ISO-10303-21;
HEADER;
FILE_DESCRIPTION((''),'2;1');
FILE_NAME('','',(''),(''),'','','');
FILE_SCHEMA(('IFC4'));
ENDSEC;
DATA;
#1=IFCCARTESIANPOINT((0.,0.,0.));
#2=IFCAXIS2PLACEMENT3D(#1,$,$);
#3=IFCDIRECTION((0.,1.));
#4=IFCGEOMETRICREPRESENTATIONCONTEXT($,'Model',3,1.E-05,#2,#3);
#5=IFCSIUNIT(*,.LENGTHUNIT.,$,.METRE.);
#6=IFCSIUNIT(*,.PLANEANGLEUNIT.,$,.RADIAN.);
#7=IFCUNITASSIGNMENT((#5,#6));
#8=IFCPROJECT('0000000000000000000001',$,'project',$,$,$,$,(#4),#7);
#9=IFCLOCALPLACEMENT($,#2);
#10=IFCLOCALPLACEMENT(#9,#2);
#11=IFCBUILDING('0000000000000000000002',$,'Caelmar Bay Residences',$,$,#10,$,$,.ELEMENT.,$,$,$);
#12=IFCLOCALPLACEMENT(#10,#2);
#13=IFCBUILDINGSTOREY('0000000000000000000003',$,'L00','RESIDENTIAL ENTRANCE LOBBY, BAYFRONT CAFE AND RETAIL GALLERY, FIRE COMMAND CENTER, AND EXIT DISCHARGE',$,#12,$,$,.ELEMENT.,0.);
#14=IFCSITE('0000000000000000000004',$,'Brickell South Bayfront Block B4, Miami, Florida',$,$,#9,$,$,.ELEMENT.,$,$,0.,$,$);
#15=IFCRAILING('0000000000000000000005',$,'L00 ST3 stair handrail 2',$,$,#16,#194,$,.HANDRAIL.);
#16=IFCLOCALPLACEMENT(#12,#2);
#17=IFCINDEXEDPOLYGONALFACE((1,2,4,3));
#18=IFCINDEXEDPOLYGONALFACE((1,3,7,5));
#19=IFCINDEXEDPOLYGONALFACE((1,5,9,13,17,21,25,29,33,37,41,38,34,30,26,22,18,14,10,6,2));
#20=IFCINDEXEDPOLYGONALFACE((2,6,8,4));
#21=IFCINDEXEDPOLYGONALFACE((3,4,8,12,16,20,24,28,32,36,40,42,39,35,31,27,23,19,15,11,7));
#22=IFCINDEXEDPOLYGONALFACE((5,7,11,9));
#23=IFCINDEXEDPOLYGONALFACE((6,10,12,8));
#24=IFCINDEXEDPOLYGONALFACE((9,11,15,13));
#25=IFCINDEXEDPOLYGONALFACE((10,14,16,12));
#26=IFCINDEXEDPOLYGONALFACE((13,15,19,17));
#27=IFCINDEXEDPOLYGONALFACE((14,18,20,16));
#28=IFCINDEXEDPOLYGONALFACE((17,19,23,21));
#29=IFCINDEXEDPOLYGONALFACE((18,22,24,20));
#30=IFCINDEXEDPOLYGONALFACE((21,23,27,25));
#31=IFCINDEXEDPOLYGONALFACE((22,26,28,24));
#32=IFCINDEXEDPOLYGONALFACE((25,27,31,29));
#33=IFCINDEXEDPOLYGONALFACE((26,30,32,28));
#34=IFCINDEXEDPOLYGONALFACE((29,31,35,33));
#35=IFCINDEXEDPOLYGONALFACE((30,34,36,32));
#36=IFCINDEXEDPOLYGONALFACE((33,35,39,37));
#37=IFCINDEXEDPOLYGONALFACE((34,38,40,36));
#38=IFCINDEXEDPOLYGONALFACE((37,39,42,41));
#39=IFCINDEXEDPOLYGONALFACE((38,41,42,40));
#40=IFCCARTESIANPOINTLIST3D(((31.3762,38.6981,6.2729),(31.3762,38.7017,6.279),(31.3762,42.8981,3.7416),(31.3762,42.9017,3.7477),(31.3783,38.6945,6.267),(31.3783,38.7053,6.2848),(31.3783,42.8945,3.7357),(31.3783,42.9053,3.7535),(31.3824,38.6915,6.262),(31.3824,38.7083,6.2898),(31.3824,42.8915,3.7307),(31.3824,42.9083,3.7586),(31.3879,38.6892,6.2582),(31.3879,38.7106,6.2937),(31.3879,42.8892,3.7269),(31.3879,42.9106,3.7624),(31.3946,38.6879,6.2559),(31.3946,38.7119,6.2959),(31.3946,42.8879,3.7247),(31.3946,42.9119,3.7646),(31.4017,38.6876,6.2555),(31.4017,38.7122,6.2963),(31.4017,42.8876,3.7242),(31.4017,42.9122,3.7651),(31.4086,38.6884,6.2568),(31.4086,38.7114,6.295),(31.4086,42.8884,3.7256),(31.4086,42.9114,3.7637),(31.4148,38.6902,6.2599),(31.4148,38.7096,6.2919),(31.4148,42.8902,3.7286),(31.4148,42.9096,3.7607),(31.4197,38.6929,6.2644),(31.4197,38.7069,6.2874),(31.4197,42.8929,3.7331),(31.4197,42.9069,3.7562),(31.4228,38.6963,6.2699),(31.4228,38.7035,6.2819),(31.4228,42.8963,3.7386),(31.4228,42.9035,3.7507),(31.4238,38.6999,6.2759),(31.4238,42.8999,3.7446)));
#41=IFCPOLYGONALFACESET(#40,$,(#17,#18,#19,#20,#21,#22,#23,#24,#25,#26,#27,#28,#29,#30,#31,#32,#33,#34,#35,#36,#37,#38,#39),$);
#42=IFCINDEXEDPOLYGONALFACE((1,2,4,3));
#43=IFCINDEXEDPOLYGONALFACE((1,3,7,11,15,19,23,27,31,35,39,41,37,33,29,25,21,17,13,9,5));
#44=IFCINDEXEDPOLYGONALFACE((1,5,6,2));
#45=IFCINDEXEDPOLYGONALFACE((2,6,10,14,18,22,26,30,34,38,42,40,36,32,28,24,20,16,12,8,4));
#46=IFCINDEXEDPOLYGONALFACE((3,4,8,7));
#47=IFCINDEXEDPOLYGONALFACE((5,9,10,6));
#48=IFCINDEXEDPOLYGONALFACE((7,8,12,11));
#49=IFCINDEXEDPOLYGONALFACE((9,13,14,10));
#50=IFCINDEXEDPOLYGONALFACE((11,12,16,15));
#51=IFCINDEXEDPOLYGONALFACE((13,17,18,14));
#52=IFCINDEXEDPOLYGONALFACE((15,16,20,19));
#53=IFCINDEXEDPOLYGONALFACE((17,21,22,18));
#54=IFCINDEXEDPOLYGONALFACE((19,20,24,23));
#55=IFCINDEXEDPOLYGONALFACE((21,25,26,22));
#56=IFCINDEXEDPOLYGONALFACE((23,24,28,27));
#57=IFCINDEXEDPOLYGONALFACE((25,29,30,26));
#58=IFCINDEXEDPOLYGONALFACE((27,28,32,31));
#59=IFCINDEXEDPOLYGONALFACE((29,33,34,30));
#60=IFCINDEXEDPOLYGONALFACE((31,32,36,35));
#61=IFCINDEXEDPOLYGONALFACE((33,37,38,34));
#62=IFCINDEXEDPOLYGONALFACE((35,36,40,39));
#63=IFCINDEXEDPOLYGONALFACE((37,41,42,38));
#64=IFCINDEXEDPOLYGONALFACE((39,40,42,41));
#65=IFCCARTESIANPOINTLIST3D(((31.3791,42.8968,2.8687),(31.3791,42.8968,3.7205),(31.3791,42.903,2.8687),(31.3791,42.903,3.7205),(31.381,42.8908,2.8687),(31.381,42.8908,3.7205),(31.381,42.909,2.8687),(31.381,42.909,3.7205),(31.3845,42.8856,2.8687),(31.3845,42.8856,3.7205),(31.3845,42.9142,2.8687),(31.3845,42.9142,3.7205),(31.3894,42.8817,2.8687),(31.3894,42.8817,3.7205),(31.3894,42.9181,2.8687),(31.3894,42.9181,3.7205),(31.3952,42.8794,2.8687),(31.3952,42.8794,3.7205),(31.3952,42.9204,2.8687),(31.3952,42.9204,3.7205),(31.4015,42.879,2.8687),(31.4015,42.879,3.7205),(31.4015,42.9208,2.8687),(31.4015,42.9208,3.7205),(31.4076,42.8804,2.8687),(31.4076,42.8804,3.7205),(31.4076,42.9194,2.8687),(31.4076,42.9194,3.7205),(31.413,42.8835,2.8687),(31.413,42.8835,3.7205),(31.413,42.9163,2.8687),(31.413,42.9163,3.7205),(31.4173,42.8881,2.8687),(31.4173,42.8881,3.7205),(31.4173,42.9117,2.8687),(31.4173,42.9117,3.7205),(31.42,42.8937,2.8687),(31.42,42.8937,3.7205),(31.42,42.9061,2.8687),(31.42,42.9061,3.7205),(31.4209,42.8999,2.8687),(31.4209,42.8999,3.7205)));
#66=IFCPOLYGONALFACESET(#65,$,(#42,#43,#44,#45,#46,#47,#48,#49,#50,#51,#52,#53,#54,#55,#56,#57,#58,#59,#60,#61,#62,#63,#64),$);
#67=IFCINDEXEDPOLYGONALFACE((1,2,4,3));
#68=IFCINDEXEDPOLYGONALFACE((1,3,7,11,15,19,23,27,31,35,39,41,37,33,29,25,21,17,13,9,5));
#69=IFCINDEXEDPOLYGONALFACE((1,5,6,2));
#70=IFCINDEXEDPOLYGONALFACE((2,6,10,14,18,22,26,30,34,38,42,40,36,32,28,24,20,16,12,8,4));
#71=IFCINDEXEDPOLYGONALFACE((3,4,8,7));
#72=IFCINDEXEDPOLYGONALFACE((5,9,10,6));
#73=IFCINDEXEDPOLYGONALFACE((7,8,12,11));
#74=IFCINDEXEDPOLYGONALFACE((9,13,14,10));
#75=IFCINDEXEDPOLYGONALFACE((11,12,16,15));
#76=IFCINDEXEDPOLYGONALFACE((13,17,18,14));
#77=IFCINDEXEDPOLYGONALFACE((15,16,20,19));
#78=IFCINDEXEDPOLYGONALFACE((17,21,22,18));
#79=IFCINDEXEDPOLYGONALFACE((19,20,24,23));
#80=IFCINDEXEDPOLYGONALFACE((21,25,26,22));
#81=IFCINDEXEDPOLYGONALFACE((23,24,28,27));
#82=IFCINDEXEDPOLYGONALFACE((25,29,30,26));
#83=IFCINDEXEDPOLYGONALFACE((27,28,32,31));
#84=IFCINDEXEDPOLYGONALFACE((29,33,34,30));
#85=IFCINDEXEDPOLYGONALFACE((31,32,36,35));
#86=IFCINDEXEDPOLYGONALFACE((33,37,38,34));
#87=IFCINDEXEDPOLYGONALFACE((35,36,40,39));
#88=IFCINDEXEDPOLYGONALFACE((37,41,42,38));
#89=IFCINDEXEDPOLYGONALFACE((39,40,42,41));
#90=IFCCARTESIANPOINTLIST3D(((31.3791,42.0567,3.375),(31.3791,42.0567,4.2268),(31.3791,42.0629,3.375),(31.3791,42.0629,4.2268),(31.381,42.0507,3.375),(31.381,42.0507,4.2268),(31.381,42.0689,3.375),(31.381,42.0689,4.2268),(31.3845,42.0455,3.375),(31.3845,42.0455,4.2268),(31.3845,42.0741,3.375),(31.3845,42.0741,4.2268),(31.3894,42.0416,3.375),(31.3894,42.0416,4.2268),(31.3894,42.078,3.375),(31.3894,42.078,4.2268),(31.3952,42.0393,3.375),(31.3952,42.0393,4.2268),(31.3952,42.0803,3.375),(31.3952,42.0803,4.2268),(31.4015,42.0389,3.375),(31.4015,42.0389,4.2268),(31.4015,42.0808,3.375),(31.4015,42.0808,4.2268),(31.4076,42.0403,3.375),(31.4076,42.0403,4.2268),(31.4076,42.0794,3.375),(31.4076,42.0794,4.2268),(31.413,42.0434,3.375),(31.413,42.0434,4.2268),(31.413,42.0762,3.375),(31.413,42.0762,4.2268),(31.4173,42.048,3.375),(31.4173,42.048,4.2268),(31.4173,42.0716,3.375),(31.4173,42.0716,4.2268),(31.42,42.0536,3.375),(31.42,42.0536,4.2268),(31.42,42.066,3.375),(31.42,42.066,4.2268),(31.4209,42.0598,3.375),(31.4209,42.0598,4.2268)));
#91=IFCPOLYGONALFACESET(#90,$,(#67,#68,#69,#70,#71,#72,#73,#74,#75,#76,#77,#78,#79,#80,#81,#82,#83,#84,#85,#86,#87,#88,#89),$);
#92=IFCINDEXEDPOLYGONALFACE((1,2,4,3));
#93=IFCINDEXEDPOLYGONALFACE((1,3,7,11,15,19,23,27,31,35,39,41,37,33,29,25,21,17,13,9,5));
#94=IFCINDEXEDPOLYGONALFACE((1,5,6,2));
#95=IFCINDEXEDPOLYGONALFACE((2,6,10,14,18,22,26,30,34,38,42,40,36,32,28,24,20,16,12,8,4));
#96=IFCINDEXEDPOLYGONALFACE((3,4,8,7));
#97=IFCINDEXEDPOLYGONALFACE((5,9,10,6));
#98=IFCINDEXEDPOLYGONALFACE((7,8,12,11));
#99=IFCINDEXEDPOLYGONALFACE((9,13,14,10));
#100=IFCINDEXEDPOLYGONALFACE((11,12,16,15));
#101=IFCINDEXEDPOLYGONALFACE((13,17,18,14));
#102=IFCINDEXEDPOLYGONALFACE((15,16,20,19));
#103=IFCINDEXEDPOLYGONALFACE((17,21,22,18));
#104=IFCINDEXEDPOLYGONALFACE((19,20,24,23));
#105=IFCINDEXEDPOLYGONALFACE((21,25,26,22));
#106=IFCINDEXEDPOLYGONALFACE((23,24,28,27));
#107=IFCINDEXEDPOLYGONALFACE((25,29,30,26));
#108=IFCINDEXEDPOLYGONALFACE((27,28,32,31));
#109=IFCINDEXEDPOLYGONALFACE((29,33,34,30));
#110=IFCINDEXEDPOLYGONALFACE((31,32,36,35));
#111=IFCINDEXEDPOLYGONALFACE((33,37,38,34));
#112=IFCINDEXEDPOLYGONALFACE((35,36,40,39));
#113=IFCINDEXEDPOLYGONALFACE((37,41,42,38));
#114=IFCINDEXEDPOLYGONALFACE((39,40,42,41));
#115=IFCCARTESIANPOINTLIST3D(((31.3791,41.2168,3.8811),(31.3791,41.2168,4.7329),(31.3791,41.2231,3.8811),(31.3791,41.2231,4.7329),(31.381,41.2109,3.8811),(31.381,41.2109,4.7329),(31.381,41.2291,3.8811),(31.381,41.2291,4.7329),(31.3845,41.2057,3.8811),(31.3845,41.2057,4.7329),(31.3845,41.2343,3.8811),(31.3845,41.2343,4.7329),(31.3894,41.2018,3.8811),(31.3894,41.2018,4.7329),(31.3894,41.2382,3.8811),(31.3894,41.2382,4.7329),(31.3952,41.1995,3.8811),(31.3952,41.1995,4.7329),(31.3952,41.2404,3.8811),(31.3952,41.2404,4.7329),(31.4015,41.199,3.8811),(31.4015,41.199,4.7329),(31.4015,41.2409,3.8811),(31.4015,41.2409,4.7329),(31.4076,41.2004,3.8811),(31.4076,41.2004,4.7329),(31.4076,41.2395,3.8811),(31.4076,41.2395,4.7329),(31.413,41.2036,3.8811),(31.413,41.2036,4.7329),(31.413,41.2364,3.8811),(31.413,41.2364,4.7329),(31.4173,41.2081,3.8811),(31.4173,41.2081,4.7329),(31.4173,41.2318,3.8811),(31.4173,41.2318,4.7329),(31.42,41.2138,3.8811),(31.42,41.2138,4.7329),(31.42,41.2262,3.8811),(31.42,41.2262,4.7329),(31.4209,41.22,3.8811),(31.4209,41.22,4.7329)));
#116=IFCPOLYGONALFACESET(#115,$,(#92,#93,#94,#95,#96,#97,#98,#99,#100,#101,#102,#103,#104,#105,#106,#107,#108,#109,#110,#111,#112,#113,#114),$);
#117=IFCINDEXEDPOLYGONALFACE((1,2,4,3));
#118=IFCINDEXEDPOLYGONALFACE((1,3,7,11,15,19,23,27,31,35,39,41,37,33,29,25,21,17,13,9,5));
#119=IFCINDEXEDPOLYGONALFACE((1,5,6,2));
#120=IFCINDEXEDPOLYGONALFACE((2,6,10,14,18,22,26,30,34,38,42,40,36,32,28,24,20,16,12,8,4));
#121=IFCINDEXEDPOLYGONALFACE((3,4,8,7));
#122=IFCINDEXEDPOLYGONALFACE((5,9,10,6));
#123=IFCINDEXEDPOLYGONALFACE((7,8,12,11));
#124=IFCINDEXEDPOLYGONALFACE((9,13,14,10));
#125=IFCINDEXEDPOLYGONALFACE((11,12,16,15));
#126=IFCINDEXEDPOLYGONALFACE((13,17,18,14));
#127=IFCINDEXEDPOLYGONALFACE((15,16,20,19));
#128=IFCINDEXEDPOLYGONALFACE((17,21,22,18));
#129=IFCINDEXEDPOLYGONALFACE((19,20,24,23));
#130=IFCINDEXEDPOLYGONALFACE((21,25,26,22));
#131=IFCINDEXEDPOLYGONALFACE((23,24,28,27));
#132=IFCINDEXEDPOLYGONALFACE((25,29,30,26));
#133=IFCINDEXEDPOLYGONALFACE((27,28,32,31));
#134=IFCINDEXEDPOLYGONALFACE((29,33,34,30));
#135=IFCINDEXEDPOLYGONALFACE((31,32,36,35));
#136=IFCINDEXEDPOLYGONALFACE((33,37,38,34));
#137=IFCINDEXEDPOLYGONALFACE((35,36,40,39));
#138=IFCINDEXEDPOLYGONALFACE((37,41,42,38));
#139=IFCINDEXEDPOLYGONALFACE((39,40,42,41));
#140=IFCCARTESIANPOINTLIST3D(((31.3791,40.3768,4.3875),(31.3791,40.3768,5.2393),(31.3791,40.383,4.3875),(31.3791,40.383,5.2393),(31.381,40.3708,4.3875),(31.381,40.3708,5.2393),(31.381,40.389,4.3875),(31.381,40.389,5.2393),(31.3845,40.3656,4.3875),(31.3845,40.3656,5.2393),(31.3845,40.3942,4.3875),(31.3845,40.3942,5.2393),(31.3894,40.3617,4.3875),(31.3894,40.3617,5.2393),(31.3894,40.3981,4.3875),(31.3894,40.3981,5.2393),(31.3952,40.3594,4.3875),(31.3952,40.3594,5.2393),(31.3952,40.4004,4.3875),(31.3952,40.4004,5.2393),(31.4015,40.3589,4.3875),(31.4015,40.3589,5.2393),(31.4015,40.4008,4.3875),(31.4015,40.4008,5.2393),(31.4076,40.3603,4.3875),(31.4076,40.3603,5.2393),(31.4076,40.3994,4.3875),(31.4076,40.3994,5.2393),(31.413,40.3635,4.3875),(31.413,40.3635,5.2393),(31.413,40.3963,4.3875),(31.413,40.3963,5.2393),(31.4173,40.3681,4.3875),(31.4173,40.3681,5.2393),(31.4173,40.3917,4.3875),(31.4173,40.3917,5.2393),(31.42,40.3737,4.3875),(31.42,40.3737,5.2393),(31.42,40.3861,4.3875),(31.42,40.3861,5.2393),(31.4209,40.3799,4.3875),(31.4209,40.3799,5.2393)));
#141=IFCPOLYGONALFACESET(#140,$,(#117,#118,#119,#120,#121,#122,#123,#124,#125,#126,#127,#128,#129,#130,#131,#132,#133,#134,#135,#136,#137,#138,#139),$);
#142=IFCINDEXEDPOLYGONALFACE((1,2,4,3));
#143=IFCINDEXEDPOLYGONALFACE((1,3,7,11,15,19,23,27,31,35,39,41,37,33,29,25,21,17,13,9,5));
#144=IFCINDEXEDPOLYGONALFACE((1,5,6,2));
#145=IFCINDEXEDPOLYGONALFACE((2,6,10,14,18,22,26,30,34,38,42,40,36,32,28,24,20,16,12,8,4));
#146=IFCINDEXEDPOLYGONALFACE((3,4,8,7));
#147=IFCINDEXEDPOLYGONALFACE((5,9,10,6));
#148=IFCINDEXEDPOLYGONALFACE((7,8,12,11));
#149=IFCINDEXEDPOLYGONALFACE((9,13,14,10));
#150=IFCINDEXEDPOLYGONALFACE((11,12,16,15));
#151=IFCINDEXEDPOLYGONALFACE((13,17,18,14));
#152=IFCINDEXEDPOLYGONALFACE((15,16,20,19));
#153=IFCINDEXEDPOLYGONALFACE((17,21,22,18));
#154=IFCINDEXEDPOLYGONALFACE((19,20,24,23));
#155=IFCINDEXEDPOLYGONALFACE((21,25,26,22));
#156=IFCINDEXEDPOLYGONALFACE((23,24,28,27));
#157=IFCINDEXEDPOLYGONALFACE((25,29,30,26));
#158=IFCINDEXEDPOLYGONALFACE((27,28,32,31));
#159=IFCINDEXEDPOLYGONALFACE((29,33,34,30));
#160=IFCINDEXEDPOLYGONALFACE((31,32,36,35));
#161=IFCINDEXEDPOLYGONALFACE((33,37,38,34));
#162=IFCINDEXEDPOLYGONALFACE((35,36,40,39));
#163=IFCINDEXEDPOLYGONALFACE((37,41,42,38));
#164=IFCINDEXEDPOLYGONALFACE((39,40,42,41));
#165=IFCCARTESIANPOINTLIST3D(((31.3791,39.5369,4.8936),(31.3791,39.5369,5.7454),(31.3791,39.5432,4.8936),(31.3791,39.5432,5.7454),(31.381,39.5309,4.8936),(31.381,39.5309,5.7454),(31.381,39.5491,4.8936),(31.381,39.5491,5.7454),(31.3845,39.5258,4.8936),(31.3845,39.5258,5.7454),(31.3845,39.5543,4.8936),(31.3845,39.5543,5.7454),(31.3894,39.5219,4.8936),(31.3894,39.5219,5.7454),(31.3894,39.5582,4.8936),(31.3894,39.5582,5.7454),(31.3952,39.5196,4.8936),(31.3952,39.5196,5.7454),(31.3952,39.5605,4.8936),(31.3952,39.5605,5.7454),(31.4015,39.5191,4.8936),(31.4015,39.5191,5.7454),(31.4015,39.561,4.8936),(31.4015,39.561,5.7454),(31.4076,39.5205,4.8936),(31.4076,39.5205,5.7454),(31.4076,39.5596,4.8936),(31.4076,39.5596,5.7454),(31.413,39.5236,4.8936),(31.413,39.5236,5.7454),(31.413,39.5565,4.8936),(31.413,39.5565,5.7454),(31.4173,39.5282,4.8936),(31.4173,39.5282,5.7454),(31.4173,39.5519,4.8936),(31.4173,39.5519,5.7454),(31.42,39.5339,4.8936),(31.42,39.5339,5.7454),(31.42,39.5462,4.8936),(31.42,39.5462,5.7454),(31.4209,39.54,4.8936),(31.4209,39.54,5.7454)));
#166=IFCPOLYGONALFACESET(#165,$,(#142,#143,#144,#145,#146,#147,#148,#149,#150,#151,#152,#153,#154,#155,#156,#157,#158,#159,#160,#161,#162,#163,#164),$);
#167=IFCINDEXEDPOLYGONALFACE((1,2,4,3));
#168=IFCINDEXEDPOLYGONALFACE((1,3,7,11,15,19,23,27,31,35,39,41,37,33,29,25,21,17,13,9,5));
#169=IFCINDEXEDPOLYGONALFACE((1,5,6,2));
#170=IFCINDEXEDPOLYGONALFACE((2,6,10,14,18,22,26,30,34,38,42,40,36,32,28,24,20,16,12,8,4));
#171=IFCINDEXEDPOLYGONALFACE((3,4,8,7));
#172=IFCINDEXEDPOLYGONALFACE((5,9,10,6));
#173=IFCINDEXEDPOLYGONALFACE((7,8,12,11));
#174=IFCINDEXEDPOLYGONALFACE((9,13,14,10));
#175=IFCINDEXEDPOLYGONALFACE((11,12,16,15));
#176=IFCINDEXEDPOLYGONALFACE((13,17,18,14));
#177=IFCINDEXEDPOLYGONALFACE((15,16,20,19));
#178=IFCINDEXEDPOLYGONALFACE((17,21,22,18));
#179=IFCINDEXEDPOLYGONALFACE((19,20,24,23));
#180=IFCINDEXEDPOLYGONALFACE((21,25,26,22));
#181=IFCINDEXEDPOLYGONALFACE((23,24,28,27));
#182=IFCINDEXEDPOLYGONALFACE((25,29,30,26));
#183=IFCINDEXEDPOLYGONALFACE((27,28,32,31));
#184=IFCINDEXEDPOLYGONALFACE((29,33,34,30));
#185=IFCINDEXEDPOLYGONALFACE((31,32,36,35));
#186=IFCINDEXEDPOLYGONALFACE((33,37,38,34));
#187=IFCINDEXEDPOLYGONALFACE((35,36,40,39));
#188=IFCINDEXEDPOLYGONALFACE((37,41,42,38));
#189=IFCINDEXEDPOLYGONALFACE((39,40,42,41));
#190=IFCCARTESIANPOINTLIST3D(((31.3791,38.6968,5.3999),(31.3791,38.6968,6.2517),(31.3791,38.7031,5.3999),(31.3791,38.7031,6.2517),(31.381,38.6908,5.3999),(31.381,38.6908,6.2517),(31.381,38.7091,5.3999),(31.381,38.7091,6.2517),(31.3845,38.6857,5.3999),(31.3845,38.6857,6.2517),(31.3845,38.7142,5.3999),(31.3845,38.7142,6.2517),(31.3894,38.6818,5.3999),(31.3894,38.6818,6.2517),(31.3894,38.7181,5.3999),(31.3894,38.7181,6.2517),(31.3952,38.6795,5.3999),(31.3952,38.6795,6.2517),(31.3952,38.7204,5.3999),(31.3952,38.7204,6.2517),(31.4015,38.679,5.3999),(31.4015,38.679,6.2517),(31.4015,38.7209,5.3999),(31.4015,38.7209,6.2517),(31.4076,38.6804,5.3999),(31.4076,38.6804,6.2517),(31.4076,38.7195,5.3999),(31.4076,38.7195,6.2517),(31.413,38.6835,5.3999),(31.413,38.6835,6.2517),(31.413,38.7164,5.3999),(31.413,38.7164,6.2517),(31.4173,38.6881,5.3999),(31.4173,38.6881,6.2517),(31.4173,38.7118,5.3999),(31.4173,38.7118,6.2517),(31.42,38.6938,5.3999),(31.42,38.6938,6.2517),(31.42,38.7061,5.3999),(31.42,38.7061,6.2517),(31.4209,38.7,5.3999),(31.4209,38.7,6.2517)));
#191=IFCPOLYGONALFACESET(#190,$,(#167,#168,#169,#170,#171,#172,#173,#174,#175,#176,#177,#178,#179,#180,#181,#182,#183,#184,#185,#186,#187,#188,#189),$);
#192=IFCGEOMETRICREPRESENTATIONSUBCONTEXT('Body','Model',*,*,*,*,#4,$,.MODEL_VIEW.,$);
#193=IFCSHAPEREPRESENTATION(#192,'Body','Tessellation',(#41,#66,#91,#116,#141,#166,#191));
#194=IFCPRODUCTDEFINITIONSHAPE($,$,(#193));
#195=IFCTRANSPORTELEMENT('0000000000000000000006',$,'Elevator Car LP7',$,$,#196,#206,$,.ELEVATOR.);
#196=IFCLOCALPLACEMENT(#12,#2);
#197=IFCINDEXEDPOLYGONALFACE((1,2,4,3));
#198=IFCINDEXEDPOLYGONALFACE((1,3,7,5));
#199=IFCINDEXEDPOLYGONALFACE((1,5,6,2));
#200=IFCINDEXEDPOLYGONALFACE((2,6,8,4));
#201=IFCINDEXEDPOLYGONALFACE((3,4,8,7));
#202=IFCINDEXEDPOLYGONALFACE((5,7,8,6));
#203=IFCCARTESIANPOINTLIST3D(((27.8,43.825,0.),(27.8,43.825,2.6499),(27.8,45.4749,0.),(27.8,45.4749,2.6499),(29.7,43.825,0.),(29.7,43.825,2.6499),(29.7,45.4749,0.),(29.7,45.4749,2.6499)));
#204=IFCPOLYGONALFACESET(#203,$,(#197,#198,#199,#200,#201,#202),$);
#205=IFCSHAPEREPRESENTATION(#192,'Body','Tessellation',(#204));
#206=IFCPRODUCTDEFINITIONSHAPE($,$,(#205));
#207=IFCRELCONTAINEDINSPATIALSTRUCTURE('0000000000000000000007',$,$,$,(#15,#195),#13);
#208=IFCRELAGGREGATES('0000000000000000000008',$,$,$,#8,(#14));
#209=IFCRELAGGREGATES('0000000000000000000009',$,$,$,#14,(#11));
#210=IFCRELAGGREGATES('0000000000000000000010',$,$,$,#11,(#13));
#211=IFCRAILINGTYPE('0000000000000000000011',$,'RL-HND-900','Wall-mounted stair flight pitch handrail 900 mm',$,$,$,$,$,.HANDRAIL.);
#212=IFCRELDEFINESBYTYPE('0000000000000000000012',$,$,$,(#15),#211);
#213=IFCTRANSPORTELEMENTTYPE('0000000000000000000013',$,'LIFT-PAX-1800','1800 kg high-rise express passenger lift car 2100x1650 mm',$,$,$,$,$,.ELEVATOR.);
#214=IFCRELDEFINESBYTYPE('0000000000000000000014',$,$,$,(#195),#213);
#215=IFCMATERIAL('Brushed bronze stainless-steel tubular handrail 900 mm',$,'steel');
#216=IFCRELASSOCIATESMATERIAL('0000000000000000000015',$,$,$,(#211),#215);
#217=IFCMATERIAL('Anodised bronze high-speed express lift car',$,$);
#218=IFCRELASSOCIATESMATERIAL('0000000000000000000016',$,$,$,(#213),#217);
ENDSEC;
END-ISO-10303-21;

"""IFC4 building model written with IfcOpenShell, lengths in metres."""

from ifc_helpers import new_model, si_unit, direction, frame, origin, origin_2d, place, context, subcontext, project, spatial, rectangle, circle, extrude, material, type_object, element, save


model = new_model("IFC4")

# Units and contexts
model_context = context("Model", 3, precision=1e-05, world=origin(), true_north=direction((0.0, 1.0)))
body_context = subcontext(model_context, "Body", "Model", "MODEL_VIEW")
ifc_project = project(units=[si_unit("LENGTHUNIT", "METRE"), si_unit("PLANEANGLEUNIT", "RADIAN")], contexts=[model_context])

# Site, building, storey
site_placement = place(None, origin())
site = spatial("IfcSite", under=ifc_project, at=site_placement, Name="Brickell South Bayfront Block B4, Miami, Florida", CompositionType="ELEMENT", RefElevation=0.0)
building_placement = place(site_placement, origin())
building = spatial("IfcBuilding", under=site, at=building_placement, Name="Caelmar Bay Residences", CompositionType="ELEMENT")
storey_placement = place(building_placement, origin())
storey = spatial("IfcBuildingStorey", under=building, at=storey_placement, Name="L00", Description="RESIDENTIAL ENTRANCE LOBBY, BAYFRONT CAFE AND RETAIL GALLERY, FIRE COMMAND CENTER, AND EXIT DISCHARGE", CompositionType="ELEMENT", Elevation=0.0)

# Railing
ifc_material_1 = material(Name="Brushed bronze stainless-steel tubular handrail 900 mm", Category="steel")
railing_type_1 = type_object("IfcRailingType", Name="RL-HND-900", Description="Wall-mounted stair flight pitch handrail 900 mm", PredefinedType="HANDRAIL", material=ifc_material_1)
railing_1_placement = place(storey_placement, frame((31.3999, 42.8999, 2.8687)))
element("IfcRailing", 1, at=railing_1_placement, inside=storey, type_object=railing_type_1, Name="L00 ST3 stair handrail 2", PredefinedType="HANDRAIL", context=body_context, shape_type="SweptSolid", body=[
    extrude(circle(Radius=0.0239, at=origin_2d()), frame((0.0, 0.0, 0.876), z_axis=(0.0, -0.856476, 0.516186), x_axis=(1.0, 0.0, 0.0)), (0.0, 0.0, 1.0), 4.9038),
    extrude(circle(Radius=0.021, at=origin_2d()), origin(), (0.0, 0.0, 1.0), 0.8518),
    extrude(circle(Radius=0.021, at=origin_2d()), frame((0.0, -0.8401, 0.5063)), (0.0, 0.0, 1.0), 0.8518),
    extrude(circle(Radius=0.021, at=origin_2d()), frame((0.0, -1.6799, 1.0125)), (0.0, 0.0, 1.0), 0.8518),
    extrude(circle(Radius=0.021, at=origin_2d()), frame((0.0, -2.52, 1.5188)), (0.0, 0.0, 1.0), 0.8518),
    extrude(circle(Radius=0.021, at=origin_2d()), frame((0.0, -3.3599, 2.0249)), (0.0, 0.0, 1.0), 0.8518),
    extrude(circle(Radius=0.021, at=origin_2d()), frame((0.0, -4.2, 2.5312)), (0.0, 0.0, 1.0), 0.8518),
])

# Transport element
ifc_material_2 = material(Name="Anodised bronze high-speed express lift car")
transport_element_type = type_object("IfcTransportElementType", Name="LIFT-PAX-1800", Description="1800 kg high-rise express passenger lift car 2100x1650 mm", PredefinedType="ELEVATOR", material=ifc_material_2)
transport_element_placement = place(storey_placement, frame((28.75, 44.6499, 0.0), z_axis=(0.0, 0.0, 1.0), x_axis=(1.0, 0.0, 0.0)))
element("IfcTransportElement", 2, at=transport_element_placement, inside=storey, type_object=transport_element_type, Name="Elevator Car LP7", PredefinedType="ELEVATOR", context=body_context, shape_type="SweptSolid", body=[
    extrude(rectangle(XDim=1.8999, YDim=1.6499, at=origin_2d()), origin(), (0.0, 0.0, 1.0), 2.6499),
])

save(model, "model.ifc")
